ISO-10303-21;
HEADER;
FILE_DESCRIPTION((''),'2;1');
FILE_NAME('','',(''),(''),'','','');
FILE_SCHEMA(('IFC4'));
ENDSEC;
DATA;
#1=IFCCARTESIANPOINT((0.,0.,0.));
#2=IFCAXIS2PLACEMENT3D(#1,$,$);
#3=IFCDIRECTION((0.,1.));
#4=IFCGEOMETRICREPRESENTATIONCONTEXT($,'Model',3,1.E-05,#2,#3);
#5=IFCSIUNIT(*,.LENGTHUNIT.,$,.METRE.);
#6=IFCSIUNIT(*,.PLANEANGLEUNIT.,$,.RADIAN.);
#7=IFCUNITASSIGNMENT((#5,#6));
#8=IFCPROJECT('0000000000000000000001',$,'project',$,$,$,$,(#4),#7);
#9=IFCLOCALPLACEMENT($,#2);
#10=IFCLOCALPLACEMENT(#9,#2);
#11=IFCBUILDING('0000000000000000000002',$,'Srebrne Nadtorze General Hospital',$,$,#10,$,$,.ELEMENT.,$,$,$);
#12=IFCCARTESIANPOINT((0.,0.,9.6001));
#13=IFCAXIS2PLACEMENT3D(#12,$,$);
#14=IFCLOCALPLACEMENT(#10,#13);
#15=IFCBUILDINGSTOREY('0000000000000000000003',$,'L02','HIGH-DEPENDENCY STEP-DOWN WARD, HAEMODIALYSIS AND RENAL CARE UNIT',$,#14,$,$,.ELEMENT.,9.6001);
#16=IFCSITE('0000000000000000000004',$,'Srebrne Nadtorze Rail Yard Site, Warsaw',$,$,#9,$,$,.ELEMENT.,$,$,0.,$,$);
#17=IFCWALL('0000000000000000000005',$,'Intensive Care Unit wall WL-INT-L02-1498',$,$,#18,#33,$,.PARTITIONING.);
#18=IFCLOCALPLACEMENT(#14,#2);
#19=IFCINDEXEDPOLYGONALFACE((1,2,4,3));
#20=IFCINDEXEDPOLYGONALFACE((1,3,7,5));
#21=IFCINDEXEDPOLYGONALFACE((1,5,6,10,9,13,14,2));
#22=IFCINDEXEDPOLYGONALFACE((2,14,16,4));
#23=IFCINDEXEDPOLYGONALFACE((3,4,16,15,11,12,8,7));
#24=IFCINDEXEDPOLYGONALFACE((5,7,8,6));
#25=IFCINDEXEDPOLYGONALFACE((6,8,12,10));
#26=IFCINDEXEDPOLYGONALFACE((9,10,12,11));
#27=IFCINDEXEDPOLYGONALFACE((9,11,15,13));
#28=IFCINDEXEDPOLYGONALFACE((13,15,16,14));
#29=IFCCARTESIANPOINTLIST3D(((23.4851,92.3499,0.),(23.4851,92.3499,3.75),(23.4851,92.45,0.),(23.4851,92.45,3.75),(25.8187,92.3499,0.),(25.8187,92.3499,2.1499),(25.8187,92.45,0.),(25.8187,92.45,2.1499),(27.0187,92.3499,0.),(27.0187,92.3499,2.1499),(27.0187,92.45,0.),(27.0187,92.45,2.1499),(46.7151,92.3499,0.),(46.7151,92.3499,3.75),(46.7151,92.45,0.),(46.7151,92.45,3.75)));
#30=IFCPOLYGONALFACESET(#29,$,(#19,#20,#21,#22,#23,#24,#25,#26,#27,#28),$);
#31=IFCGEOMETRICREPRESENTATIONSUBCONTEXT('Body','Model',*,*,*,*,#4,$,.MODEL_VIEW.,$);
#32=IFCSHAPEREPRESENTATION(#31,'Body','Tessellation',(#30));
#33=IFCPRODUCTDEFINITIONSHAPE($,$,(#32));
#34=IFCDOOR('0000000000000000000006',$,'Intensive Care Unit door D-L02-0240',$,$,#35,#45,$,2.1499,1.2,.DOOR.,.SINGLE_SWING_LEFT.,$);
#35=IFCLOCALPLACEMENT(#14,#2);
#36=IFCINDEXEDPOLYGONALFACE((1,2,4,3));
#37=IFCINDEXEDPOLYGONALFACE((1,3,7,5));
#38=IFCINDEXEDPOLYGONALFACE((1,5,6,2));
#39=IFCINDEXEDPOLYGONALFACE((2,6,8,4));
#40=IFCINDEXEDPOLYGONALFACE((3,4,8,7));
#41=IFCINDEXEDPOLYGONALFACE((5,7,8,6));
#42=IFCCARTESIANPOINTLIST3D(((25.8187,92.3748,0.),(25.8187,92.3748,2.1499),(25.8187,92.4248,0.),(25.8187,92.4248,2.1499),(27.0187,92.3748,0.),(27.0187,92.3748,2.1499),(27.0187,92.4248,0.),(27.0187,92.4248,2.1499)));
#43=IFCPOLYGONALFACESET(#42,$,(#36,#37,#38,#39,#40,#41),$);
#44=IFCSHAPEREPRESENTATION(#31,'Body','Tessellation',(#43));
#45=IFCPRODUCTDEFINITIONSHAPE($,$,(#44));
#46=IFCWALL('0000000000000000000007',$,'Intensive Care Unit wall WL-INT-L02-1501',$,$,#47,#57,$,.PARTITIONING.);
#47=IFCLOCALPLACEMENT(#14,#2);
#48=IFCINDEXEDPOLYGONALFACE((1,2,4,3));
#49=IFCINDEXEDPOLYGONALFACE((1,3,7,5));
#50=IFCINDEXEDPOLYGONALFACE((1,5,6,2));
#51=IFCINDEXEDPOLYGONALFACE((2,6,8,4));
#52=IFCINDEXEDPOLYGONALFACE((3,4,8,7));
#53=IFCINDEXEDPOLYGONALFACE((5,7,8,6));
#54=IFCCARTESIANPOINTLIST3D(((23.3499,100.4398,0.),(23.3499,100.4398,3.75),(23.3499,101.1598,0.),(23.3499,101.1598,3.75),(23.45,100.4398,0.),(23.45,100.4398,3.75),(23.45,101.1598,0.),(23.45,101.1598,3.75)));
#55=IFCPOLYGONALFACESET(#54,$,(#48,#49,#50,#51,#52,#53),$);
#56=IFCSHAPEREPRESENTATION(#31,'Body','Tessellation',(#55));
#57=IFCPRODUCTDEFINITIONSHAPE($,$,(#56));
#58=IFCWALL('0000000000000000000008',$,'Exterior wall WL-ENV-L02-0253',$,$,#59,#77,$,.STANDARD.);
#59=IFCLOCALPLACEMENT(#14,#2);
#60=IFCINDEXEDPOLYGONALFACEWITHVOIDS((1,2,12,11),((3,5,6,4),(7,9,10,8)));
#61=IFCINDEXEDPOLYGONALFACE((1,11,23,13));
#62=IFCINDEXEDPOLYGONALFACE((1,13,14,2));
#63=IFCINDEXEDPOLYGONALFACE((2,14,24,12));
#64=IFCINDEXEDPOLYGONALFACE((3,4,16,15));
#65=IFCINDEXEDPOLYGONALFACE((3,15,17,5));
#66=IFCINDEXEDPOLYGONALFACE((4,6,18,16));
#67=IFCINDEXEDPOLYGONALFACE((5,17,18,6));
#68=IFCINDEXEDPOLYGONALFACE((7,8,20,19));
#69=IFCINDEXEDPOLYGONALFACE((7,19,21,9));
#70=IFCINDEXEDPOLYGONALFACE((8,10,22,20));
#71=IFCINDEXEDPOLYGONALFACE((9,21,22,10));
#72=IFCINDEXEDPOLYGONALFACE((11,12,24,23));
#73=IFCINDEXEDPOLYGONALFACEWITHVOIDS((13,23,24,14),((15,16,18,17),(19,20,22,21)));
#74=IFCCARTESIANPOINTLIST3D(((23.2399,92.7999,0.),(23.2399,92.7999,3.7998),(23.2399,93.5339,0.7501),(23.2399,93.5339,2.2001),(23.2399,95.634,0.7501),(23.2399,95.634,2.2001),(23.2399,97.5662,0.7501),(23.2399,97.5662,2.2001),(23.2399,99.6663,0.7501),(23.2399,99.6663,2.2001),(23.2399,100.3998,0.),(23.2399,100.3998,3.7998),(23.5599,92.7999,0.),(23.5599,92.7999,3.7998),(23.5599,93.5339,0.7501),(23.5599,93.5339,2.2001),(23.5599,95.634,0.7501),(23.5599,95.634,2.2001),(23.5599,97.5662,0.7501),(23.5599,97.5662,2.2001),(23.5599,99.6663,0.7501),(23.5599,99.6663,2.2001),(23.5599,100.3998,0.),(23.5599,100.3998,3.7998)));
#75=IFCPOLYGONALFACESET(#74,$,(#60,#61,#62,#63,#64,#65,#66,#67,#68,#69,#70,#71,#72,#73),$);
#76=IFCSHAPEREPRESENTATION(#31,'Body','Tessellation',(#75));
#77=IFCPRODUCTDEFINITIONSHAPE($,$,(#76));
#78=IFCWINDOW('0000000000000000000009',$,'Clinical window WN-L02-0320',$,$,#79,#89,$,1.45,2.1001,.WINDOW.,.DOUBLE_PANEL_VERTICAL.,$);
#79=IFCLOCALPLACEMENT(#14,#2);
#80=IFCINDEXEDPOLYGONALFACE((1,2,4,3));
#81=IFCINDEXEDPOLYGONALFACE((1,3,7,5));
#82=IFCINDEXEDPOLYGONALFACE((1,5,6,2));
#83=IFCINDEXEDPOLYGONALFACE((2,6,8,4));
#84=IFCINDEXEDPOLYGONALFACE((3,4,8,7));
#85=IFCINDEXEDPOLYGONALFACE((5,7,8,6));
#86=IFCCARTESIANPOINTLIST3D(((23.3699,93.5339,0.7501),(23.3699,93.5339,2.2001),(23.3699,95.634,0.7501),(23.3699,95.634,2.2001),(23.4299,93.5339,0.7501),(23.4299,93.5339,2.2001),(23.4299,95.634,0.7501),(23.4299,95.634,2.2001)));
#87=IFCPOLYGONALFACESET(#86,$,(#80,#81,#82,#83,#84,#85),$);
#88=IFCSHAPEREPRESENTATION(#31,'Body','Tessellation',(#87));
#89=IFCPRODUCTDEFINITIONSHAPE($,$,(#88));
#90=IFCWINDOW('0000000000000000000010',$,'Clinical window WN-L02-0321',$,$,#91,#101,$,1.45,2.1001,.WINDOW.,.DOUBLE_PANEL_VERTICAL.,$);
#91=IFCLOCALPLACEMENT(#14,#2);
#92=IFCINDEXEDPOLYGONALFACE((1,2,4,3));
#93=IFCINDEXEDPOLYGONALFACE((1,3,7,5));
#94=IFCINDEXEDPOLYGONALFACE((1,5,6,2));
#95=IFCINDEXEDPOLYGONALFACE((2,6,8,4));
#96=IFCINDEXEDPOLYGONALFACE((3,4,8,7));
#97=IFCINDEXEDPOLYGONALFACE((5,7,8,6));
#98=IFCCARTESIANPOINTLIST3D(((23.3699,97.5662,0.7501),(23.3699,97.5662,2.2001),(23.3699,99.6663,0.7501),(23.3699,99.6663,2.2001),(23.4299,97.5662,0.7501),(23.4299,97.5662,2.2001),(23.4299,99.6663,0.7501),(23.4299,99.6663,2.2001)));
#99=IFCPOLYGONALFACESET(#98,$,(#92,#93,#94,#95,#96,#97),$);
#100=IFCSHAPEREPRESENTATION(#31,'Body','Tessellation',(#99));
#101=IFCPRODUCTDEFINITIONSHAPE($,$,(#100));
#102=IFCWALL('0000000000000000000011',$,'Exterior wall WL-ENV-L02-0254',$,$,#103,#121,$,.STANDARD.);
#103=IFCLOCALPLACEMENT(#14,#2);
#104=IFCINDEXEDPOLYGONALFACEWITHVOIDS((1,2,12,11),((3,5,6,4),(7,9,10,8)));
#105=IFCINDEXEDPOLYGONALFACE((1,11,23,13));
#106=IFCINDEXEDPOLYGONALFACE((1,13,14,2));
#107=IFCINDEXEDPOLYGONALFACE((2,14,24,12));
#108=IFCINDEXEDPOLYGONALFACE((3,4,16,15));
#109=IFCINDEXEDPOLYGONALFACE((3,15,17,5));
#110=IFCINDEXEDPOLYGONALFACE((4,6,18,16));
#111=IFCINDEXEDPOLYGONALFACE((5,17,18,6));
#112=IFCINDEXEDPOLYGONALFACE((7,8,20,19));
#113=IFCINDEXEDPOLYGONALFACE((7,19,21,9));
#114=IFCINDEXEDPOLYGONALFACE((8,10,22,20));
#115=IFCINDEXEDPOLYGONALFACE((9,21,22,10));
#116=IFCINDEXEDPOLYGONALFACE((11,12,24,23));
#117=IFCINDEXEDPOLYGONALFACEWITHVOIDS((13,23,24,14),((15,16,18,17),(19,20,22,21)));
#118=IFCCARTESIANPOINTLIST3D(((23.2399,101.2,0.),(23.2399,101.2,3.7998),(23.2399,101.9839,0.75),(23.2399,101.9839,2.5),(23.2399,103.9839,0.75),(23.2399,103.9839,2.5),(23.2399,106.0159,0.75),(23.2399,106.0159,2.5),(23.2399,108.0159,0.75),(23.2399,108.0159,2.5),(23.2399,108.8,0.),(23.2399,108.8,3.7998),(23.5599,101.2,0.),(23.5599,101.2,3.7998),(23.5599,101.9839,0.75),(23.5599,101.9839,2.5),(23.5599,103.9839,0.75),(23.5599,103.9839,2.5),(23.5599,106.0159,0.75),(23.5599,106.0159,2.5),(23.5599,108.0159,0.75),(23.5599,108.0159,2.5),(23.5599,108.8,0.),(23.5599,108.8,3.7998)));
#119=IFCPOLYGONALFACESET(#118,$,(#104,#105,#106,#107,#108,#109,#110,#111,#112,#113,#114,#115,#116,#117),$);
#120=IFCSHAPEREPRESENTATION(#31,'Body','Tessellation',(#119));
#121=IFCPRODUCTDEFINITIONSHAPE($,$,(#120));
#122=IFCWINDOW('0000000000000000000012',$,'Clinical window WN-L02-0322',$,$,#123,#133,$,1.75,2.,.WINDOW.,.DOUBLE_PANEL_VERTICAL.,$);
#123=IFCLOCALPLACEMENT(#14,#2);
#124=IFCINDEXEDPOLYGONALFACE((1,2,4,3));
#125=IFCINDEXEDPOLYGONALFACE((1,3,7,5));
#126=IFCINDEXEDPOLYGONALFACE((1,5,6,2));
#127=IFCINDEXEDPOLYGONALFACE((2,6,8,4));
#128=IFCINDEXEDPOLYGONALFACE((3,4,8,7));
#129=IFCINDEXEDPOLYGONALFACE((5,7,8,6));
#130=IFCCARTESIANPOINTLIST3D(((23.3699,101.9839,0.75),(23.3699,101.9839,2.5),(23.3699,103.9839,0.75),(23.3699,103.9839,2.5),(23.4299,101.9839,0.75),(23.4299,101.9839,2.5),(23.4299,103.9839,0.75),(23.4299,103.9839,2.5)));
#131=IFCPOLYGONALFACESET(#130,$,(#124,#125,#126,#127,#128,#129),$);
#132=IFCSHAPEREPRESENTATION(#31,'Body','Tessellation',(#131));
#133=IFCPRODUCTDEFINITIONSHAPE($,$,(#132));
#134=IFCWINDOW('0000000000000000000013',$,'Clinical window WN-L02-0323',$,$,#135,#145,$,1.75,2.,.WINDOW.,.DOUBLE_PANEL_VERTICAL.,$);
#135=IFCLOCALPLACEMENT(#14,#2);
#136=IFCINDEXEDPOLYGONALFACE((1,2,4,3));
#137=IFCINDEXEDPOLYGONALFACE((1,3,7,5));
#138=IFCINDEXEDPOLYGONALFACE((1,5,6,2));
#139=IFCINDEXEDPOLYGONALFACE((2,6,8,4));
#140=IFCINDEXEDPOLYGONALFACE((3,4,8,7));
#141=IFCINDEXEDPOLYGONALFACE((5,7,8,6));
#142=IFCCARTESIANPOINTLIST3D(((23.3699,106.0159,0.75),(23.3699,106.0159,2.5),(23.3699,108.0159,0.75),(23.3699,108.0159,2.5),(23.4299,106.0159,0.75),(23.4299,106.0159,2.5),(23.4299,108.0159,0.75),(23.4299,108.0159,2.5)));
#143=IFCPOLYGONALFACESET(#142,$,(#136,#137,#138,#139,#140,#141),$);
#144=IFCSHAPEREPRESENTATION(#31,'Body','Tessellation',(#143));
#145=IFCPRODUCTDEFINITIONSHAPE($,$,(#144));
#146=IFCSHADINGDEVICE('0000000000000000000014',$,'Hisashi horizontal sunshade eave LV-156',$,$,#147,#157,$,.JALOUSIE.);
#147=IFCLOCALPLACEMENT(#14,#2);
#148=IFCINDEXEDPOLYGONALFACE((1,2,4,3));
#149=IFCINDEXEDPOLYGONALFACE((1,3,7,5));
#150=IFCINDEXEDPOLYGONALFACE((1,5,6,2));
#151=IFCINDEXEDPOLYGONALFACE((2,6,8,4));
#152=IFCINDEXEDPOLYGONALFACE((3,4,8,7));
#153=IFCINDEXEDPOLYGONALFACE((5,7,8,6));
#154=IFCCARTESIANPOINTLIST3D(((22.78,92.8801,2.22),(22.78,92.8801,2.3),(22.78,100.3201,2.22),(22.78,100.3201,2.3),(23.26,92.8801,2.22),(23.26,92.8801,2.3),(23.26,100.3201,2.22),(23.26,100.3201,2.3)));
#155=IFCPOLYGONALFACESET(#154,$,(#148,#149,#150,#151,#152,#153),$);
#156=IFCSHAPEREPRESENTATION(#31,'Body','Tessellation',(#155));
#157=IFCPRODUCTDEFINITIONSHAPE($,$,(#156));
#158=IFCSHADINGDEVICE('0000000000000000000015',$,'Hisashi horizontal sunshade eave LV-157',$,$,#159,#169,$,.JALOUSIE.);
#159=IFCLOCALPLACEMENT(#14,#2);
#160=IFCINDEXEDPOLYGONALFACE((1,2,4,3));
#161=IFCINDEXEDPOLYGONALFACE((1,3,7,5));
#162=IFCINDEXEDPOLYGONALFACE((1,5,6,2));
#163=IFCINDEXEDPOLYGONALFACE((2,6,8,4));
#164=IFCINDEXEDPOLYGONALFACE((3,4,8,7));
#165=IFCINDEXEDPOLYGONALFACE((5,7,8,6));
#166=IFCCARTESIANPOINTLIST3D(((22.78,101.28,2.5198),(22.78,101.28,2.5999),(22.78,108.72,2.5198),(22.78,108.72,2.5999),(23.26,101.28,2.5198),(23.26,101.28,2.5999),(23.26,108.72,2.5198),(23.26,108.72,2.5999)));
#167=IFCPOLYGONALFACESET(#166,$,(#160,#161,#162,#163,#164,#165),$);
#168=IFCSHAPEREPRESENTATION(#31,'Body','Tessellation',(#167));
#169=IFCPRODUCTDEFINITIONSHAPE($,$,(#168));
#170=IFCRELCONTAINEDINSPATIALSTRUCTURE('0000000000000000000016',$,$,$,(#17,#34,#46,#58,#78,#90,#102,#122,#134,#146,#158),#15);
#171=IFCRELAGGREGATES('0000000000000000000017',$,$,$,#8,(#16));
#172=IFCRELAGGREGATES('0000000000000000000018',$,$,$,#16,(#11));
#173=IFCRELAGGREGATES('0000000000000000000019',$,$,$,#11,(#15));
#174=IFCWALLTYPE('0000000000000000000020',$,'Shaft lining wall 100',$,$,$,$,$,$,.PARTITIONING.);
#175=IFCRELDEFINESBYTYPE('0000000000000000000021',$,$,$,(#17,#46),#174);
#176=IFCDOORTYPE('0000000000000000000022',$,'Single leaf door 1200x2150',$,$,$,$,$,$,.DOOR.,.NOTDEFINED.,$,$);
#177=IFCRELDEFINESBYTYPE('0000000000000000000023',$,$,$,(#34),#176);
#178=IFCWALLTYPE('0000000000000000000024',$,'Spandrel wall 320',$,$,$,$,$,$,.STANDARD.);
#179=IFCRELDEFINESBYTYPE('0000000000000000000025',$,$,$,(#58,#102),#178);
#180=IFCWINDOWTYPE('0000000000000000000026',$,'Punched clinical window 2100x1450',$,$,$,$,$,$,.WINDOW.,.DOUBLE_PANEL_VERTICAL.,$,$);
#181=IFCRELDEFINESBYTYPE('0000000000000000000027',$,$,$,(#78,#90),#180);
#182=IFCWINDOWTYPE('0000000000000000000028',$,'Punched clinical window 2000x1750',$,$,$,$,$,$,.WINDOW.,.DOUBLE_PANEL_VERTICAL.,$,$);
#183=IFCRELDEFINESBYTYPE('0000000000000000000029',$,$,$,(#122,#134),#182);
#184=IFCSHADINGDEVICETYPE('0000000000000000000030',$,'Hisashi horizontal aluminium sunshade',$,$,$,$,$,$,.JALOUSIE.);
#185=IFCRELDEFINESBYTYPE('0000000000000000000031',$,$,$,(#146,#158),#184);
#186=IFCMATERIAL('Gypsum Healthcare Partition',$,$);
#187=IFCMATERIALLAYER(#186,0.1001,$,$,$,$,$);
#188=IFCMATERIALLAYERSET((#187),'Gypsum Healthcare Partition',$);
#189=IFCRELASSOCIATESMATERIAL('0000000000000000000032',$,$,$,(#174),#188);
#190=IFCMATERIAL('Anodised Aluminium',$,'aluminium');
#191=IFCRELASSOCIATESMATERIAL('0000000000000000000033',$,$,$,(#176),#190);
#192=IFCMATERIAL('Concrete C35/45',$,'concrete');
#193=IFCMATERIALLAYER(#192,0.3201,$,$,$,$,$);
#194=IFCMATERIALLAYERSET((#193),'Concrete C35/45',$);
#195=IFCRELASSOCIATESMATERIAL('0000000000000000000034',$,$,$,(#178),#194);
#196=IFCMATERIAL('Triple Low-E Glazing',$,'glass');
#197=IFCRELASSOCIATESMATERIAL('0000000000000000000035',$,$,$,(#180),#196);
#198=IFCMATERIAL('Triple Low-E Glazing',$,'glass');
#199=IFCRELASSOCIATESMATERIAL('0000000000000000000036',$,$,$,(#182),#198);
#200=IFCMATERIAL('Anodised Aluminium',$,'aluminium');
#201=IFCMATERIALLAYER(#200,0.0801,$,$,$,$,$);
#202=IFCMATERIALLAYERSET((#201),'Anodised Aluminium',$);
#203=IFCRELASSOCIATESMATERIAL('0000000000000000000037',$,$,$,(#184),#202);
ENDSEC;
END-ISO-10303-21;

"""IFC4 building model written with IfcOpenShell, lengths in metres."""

from ifc_helpers import new_model, si_unit, direction, frame, frame_2d, origin, origin_2d, place, context, subcontext, project, spatial, rectangle, extrude, material, layer, layer_set, type_object, element, fill, save


model = new_model("IFC4")

# Units and contexts
model_context = context("Model", 3, precision=1e-05, world=origin(), true_north=direction((0.0, 1.0)))
body_context = subcontext(model_context, "Body", "Model", "MODEL_VIEW")
ifc_project = project(units=[si_unit("LENGTHUNIT", "METRE"), si_unit("PLANEANGLEUNIT", "RADIAN")], contexts=[model_context])

# Site, building, storey
site_placement = place(None, origin())
site = spatial("IfcSite", under=ifc_project, at=site_placement, Name="Srebrne Nadtorze Rail Yard Site, Warsaw", CompositionType="ELEMENT", RefElevation=0.0)
building_placement = place(site_placement, origin())
building = spatial("IfcBuilding", under=site, at=building_placement, Name="Srebrne Nadtorze General Hospital", CompositionType="ELEMENT")
storey_placement = place(building_placement, frame((0.0, 0.0, 9.6001)))
storey = spatial("IfcBuildingStorey", under=building, at=storey_placement, Name="L02", Description="HIGH-DEPENDENCY STEP-DOWN WARD, HAEMODIALYSIS AND RENAL CARE UNIT", CompositionType="ELEMENT", Elevation=9.6001)

# Wall, opening, door
ifc_material_1 = material(Name="Gypsum Healthcare Partition")
ifc_layer_1 = layer(ifc_material_1, 0.1001)
ifc_layer_set_1 = layer_set([ifc_layer_1], Name="Gypsum Healthcare Partition")
wall_type_1 = type_object("IfcWallType", Name="Shaft lining wall 100", PredefinedType="PARTITIONING", material=ifc_layer_set_1)
wall_1_placement = place(storey_placement, frame((23.4851, 92.3999, 0.0), z_axis=(0.0, 0.0, 1.0), x_axis=(1.0, 0.0, 0.0)))
wall_1 = element("IfcWall", 1, at=wall_1_placement, inside=storey, type_object=wall_type_1, Name="Intensive Care Unit wall WL-INT-L02-1498", PredefinedType="PARTITIONING", context=body_context, shape_type="SweptSolid", body=[
    extrude(rectangle(XDim=23.23, YDim=0.1001, at=frame_2d((11.615, 0.0))), origin(), (0.0, 0.0, 1.0), 3.75),
])
opening_1_placement = place(wall_1_placement, frame((2.3335, 0.0, 0.0)))
opening_1 = element("IfcOpeningElement", 2, at=opening_1_placement, cuts=wall_1, PredefinedType="OPENING", context=body_context, shape_type="SweptSolid", body=[
    extrude(rectangle(XDim=1.2, YDim=2.1499, at=frame_2d((0.6001, 1.075))), frame((0.0, 0.062, 0.0), z_axis=(0.0, -1.0, 0.0), x_axis=(1.0, 0.0, 0.0)), (0.0, 0.0, 1.0), 0.124),
])
ifc_material_2 = material(Name="Anodised Aluminium", Category="aluminium")
door_type = type_object("IfcDoorType", Name="Single leaf door 1200x2150", OperationType="NOTDEFINED", PredefinedType="DOOR", material=ifc_material_2)
door_placement = place(opening_1_placement, origin())
door = element("IfcDoor", 3, at=door_placement, inside=storey, type_object=door_type, Name="Intensive Care Unit door D-L02-0240", OperationType="SINGLE_SWING_LEFT", OverallHeight=2.1499, OverallWidth=1.2, PredefinedType="DOOR", context=body_context, shape_type="SweptSolid", body=[
    extrude(rectangle(XDim=1.2, YDim=2.1499, at=frame_2d((0.6001, 1.075))), frame((0.0, 0.0249, 0.0), z_axis=(0.0, -1.0, 0.0), x_axis=(1.0, 0.0, 0.0)), (0.0, 0.0, 1.0), 0.05),
])
fill(opening_1, door)

# Wall
wall_2_placement = place(storey_placement, frame((23.3999, 100.4399, 0.0), z_axis=(0.0, 0.0, 1.0), x_axis=(0.0, 1.0, 0.0)))
element("IfcWall", 4, at=wall_2_placement, inside=storey, type_object=wall_type_1, Name="Intensive Care Unit wall WL-INT-L02-1501", PredefinedType="PARTITIONING", context=body_context, shape_type="SweptSolid", body=[
    extrude(rectangle(XDim=0.72, YDim=0.1001, at=frame_2d((0.3599, 0.0))), origin(), (0.0, 0.0, 1.0), 3.75),
])

# Walls, openings, windows
ifc_material_3 = material(Name="Concrete C35/45", Category="concrete")
ifc_layer_2 = layer(ifc_material_3, 0.3201)
ifc_layer_set_2 = layer_set([ifc_layer_2], Name="Concrete C35/45")
wall_type_2 = type_object("IfcWallType", Name="Spandrel wall 320", PredefinedType="STANDARD", material=ifc_layer_set_2)
wall_3_placement = place(storey_placement, frame((23.3999, 92.8, 0.0), z_axis=(0.0, 0.0, 1.0), x_axis=(0.0, 1.0, 0.0)))
wall_3 = element("IfcWall", 5, at=wall_3_placement, inside=storey, type_object=wall_type_2, Name="Exterior wall WL-ENV-L02-0253", PredefinedType="STANDARD", context=body_context, shape_type="SweptSolid", body=[
    extrude(rectangle(XDim=7.5999, YDim=0.3201, at=frame_2d((3.7998, 0.0))), origin(), (0.0, 0.0, 1.0), 3.7998),
])
opening_2_placement = place(wall_3_placement, frame((0.7339, 0.0, 0.75)))
opening_2 = element("IfcOpeningElement", 6, at=opening_2_placement, cuts=wall_3, PredefinedType="OPENING", context=body_context, shape_type="SweptSolid", body=[
    extrude(rectangle(XDim=2.1001, YDim=1.45, at=frame_2d((1.05, 0.7251))), frame((0.0, 0.1719, 0.0), z_axis=(0.0, -1.0, 0.0), x_axis=(1.0, 0.0, 0.0)), (0.0, 0.0, 1.0), 0.344),
])
opening_3_placement = place(wall_3_placement, frame((4.7661, 0.0, 0.75)))
opening_3 = element("IfcOpeningElement", 7, at=opening_3_placement, cuts=wall_3, PredefinedType="OPENING", context=body_context, shape_type="SweptSolid", body=[
    extrude(rectangle(XDim=2.1001, YDim=1.45, at=frame_2d((1.05, 0.7251))), frame((0.0, 0.1719, 0.0), z_axis=(0.0, -1.0, 0.0), x_axis=(1.0, 0.0, 0.0)), (0.0, 0.0, 1.0), 0.344),
])
ifc_material_4 = material(Name="Triple Low-E Glazing", Category="glass")
window_type_1 = type_object("IfcWindowType", Name="Punched clinical window 2100x1450", PartitioningType="DOUBLE_PANEL_VERTICAL", PredefinedType="WINDOW", material=ifc_material_4)
window_1_placement = place(opening_2_placement, origin())
window_1 = element("IfcWindow", 8, at=window_1_placement, inside=storey, type_object=window_type_1, Name="Clinical window WN-L02-0320", OverallHeight=1.45, OverallWidth=2.1001, PartitioningType="DOUBLE_PANEL_VERTICAL", PredefinedType="WINDOW", context=body_context, shape_type="SweptSolid", body=[
    extrude(rectangle(XDim=2.1001, YDim=1.45, at=frame_2d((1.05, 0.7251))), frame((0.0, 0.03, 0.0), z_axis=(0.0, -1.0, 0.0), x_axis=(1.0, 0.0, 0.0)), (0.0, 0.0, 1.0), 0.0601),
])
fill(opening_2, window_1)
window_2_placement = place(opening_3_placement, origin())
window_2 = element("IfcWindow", 9, at=window_2_placement, inside=storey, type_object=window_type_1, Name="Clinical window WN-L02-0321", OverallHeight=1.45, OverallWidth=2.1001, PartitioningType="DOUBLE_PANEL_VERTICAL", PredefinedType="WINDOW", context=body_context, shape_type="SweptSolid", body=[
    extrude(rectangle(XDim=2.1001, YDim=1.45, at=frame_2d((1.05, 0.7251))), frame((0.0, 0.03, 0.0), z_axis=(0.0, -1.0, 0.0), x_axis=(1.0, 0.0, 0.0)), (0.0, 0.0, 1.0), 0.0601),
])
fill(opening_3, window_2)
wall_4_placement = place(storey_placement, frame((23.3999, 101.2, 0.0), z_axis=(0.0, 0.0, 1.0), x_axis=(0.0, 1.0, 0.0)))
wall_4 = element("IfcWall", 10, at=wall_4_placement, inside=storey, type_object=wall_type_2, Name="Exterior wall WL-ENV-L02-0254", PredefinedType="STANDARD", context=body_context, shape_type="SweptSolid", body=[
    extrude(rectangle(XDim=7.6001, YDim=0.3201, at=frame_2d((3.8, 0.0))), origin(), (0.0, 0.0, 1.0), 3.7998),
])
opening_4_placement = place(wall_4_placement, frame((0.7839, 0.0, 0.75)))
opening_4 = element("IfcOpeningElement", 11, at=opening_4_placement, cuts=wall_4, PredefinedType="OPENING", context=body_context, shape_type="SweptSolid", body=[
    extrude(rectangle(XDim=2.0, YDim=1.75, at=frame_2d((1.0, 0.875))), frame((0.0, 0.1719, 0.0), z_axis=(0.0, -1.0, 0.0), x_axis=(1.0, 0.0, 0.0)), (0.0, 0.0, 1.0), 0.344),
])
opening_5_placement = place(wall_4_placement, frame((4.8159, 0.0, 0.75)))
opening_5 = element("IfcOpeningElement", 12, at=opening_5_placement, cuts=wall_4, PredefinedType="OPENING", context=body_context, shape_type="SweptSolid", body=[
    extrude(rectangle(XDim=2.0, YDim=1.75, at=frame_2d((1.0, 0.875))), frame((0.0, 0.1719, 0.0), z_axis=(0.0, -1.0, 0.0), x_axis=(1.0, 0.0, 0.0)), (0.0, 0.0, 1.0), 0.344),
])
ifc_material_5 = material(Name="Triple Low-E Glazing", Category="glass")
window_type_2 = type_object("IfcWindowType", Name="Punched clinical window 2000x1750", PartitioningType="DOUBLE_PANEL_VERTICAL", PredefinedType="WINDOW", material=ifc_material_5)
window_3_placement = place(opening_4_placement, origin())
window_3 = element("IfcWindow", 13, at=window_3_placement, inside=storey, type_object=window_type_2, Name="Clinical window WN-L02-0322", OverallHeight=1.75, OverallWidth=2.0, PartitioningType="DOUBLE_PANEL_VERTICAL", PredefinedType="WINDOW", context=body_context, shape_type="SweptSolid", body=[
    extrude(rectangle(XDim=2.0, YDim=1.75, at=frame_2d((1.0, 0.875))), frame((0.0, 0.03, 0.0), z_axis=(0.0, -1.0, 0.0), x_axis=(1.0, 0.0, 0.0)), (0.0, 0.0, 1.0), 0.0601),
])
fill(opening_4, window_3)
window_4_placement = place(opening_5_placement, origin())
window_4 = element("IfcWindow", 14, at=window_4_placement, inside=storey, type_object=window_type_2, Name="Clinical window WN-L02-0323", OverallHeight=1.75, OverallWidth=2.0, PartitioningType="DOUBLE_PANEL_VERTICAL", PredefinedType="WINDOW", context=body_context, shape_type="SweptSolid", body=[
    extrude(rectangle(XDim=2.0, YDim=1.75, at=frame_2d((1.0, 0.875))), frame((0.0, 0.03, 0.0), z_axis=(0.0, -1.0, 0.0), x_axis=(1.0, 0.0, 0.0)), (0.0, 0.0, 1.0), 0.0601),
])
fill(opening_5, window_4)

# Shading devices
ifc_material_6 = material(Name="Anodised Aluminium", Category="aluminium")
ifc_layer_3 = layer(ifc_material_6, 0.0801)
ifc_layer_set_3 = layer_set([ifc_layer_3], Name="Anodised Aluminium")
shading_device_type = type_object("IfcShadingDeviceType", Name="Hisashi horizontal aluminium sunshade", PredefinedType="JALOUSIE", material=ifc_layer_set_3)
for number, where, z_axis, x_axis, name in (
    (15, (23.02, 96.6001, 2.22), (0.0, 0.0, 1.0), (1.0, 0.0, 0.0), "Hisashi horizontal sunshade eave LV-156"),
    (16, (23.02, 105.0, 2.5198), (0.0, 0.0, 1.0), (1.0, 0.0, 0.0), "Hisashi horizontal sunshade eave LV-157"),
):
    element("IfcShadingDevice", number, at=place(storey_placement, frame(where, z_axis=z_axis, x_axis=x_axis)), inside=storey, type_object=shading_device_type, Name=name, PredefinedType="JALOUSIE", context=body_context, shape_type="SweptSolid", body=[
        extrude(rectangle(XDim=0.48, YDim=7.4399, at=origin_2d()), origin(), (0.0, 0.0, 1.0), 0.0801),
    ])

save(model, "model.ifc")
